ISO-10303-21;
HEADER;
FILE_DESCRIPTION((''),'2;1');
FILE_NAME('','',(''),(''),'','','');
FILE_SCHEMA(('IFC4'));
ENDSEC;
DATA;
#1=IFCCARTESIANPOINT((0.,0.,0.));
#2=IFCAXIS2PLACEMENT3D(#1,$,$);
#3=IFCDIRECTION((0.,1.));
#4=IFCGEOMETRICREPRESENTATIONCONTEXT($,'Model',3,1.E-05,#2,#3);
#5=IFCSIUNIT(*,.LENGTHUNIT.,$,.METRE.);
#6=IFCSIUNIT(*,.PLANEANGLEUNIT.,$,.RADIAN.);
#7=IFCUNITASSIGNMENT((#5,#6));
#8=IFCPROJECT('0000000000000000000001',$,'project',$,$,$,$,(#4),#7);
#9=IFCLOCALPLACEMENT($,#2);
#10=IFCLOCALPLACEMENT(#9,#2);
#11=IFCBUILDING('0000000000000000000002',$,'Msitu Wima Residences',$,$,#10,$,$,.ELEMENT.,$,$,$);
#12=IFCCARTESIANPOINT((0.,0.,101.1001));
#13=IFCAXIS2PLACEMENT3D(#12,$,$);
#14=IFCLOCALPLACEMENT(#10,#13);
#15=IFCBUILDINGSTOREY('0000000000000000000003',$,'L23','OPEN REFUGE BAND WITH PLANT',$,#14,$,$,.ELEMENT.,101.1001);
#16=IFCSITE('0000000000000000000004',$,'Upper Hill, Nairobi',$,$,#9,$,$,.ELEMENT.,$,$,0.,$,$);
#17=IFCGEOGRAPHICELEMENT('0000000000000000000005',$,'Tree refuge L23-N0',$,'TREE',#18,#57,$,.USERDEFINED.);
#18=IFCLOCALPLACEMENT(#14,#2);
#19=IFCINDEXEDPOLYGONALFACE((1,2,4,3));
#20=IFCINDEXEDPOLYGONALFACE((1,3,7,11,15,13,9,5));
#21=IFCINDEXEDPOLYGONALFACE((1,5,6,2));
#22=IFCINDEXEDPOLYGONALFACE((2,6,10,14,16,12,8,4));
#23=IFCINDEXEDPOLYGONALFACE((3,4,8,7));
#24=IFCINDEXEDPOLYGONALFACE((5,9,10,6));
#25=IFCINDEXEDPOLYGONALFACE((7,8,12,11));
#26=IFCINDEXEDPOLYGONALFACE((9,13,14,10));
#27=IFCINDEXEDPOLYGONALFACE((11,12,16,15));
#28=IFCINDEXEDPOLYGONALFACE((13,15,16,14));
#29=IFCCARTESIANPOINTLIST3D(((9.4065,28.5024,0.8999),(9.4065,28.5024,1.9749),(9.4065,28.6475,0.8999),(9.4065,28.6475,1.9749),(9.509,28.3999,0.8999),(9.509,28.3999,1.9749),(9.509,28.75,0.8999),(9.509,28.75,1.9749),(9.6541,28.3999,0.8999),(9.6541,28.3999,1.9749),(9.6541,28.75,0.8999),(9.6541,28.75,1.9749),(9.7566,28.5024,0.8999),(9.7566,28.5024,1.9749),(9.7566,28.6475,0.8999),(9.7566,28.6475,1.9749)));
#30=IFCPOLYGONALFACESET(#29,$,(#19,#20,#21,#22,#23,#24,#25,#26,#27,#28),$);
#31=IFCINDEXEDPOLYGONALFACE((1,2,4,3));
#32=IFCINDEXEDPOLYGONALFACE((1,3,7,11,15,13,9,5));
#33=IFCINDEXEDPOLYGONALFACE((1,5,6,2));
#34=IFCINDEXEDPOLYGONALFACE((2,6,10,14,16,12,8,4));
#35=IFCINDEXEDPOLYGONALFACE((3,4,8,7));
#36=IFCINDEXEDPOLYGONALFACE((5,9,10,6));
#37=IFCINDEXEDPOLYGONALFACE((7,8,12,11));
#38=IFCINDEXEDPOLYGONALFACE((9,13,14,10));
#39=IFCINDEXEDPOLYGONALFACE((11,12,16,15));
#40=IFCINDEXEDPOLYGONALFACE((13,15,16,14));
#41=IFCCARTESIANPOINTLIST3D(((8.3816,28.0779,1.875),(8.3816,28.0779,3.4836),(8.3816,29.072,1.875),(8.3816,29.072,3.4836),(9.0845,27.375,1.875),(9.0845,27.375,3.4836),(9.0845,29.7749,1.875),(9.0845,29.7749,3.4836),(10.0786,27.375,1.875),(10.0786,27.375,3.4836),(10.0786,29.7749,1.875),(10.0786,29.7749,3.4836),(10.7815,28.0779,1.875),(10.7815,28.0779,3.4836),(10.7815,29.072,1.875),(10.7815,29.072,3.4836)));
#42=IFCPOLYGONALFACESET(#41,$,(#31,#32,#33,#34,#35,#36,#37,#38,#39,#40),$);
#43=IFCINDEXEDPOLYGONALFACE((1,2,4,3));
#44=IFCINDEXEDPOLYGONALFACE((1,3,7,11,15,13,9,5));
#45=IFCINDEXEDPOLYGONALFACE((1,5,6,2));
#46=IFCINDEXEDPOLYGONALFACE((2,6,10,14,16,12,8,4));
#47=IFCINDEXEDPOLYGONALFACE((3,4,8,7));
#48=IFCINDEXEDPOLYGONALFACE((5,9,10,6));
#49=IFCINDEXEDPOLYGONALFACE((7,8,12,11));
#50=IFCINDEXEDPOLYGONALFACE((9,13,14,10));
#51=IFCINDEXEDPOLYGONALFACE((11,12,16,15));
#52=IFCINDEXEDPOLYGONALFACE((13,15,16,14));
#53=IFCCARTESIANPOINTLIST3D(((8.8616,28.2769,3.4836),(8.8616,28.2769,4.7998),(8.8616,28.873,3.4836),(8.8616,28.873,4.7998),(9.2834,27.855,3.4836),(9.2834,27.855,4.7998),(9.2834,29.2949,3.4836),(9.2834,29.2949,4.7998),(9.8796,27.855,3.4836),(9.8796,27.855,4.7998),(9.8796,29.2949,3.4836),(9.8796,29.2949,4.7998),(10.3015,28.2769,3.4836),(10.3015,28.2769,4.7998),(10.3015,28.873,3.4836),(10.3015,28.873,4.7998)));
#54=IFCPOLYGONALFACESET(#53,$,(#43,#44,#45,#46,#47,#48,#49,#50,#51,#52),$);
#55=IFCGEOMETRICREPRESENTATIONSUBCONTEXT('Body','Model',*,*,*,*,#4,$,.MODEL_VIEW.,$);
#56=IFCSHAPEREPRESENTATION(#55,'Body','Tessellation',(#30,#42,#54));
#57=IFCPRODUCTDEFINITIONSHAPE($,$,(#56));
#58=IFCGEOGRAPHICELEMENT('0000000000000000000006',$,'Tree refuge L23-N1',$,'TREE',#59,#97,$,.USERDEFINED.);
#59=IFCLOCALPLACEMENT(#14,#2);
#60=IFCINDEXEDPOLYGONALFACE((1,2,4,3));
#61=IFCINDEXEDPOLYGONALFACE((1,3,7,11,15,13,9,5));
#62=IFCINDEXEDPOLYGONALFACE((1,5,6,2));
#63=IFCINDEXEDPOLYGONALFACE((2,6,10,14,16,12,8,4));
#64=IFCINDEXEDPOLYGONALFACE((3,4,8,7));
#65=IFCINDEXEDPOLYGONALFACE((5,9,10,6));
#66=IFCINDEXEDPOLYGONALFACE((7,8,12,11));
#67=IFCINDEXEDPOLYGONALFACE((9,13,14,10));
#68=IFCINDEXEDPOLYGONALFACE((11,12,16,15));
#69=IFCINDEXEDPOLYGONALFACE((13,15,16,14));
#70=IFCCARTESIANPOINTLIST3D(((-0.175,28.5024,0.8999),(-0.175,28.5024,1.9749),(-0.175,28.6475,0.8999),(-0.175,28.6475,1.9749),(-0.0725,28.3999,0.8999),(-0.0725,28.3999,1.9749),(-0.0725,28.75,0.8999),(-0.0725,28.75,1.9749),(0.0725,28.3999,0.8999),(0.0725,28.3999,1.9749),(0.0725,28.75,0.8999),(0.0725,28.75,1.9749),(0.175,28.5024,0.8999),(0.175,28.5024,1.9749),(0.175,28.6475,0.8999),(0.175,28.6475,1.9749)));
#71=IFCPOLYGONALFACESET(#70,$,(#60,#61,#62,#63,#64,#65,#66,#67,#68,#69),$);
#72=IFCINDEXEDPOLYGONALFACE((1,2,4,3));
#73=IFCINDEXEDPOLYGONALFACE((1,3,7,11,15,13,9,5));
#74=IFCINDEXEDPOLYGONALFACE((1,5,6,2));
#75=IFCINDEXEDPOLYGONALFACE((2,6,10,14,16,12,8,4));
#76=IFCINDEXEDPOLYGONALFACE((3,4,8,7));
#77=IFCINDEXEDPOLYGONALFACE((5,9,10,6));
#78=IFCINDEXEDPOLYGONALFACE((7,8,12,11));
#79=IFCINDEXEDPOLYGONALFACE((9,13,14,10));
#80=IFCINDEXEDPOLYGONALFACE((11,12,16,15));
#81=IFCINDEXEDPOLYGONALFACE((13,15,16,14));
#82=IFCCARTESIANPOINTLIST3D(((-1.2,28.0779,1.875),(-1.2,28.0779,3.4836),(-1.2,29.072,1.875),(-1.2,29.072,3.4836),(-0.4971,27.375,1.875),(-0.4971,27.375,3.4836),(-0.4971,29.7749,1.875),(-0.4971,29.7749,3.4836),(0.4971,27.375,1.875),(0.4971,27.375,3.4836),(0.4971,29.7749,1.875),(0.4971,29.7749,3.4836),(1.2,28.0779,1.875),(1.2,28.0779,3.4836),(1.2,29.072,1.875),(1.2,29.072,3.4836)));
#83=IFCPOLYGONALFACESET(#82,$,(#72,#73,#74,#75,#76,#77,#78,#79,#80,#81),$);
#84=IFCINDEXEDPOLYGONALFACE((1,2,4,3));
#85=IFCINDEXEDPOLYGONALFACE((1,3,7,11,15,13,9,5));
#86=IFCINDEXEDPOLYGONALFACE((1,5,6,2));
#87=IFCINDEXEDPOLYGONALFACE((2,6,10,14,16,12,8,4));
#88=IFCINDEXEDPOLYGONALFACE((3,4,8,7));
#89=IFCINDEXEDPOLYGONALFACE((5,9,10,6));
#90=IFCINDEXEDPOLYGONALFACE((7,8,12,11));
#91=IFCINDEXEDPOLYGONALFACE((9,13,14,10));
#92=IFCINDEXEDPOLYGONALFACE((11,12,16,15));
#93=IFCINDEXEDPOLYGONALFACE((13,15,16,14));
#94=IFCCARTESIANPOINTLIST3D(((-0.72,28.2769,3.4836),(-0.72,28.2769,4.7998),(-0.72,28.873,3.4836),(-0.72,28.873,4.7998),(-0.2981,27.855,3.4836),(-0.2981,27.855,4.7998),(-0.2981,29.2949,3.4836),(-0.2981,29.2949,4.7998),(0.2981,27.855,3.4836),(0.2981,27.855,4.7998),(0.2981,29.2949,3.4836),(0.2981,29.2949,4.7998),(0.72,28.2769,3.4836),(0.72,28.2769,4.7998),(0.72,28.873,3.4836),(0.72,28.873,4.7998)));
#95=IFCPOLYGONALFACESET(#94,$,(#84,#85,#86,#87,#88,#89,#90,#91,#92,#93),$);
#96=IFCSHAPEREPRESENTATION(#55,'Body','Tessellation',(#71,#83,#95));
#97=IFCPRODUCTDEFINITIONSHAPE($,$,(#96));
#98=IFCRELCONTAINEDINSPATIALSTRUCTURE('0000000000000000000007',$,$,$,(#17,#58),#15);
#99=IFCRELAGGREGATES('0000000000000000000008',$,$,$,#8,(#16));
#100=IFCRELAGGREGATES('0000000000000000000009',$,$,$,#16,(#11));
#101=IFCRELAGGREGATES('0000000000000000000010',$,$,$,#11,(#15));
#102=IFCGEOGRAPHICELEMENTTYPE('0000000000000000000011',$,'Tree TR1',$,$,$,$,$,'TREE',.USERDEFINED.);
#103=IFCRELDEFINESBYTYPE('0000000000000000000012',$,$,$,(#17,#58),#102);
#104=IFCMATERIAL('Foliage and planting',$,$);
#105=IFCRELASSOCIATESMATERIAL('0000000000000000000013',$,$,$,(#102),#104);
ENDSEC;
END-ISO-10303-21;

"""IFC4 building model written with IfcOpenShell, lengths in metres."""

from ifc_helpers import new_model, si_unit, direction, frame, origin, place, context, subcontext, project, spatial, polyline, outline, extrude, material, type_object, element, save


model = new_model("IFC4")

# Units and contexts
model_context = context("Model", 3, precision=1e-05, world=origin(), true_north=direction((0.0, 1.0)))
body_context = subcontext(model_context, "Body", "Model", "MODEL_VIEW")
ifc_project = project(units=[si_unit("LENGTHUNIT", "METRE"), si_unit("PLANEANGLEUNIT", "RADIAN")], contexts=[model_context])

# Site, building, storey
site_placement = place(None, origin())
site = spatial("IfcSite", under=ifc_project, at=site_placement, Name="Upper Hill, Nairobi", CompositionType="ELEMENT", RefElevation=0.0)
building_placement = place(site_placement, origin())
building = spatial("IfcBuilding", under=site, at=building_placement, Name="Msitu Wima Residences", CompositionType="ELEMENT")
storey_placement = place(building_placement, frame((0.0, 0.0, 101.1001)))
storey = spatial("IfcBuildingStorey", under=building, at=storey_placement, Name="L23", Description="OPEN REFUGE BAND WITH PLANT", CompositionType="ELEMENT", Elevation=101.1001)

# Geographic elements
ifc_material_1 = material(Name="Foliage and planting")
geographic_element_type = type_object("IfcGeographicElementType", Name="Tree TR1", ElementType="TREE", PredefinedType="USERDEFINED", material=ifc_material_1)
for number, where, z_axis, x_axis, name in (
    (1, (9.5815, 28.575, 0.8999), (0.0, 0.0, 1.0), (1.0, 0.0, 0.0), "Tree refuge L23-N0"),
    (2, (0.0, 28.575, 0.8999), (0.0, 0.0, 1.0), (1.0, 0.0, 0.0), "Tree refuge L23-N1"),
):
    element("IfcGeographicElement", number, at=place(storey_placement, frame(where, z_axis=z_axis, x_axis=x_axis)), inside=storey, type_object=geographic_element_type, Name=name, ObjectType="TREE", PredefinedType="USERDEFINED", context=body_context, shape_type="SweptSolid", body=[
        extrude(outline(polyline([(0.175, 0.0725), (0.0725, 0.175), (-0.0725, 0.175), (-0.175, 0.0725), (-0.175, -0.0725), (-0.0725, -0.175), (0.0725, -0.175), (0.175, -0.0725), (0.175, 0.0725)])), origin(), (0.0, 0.0, 1.0), 1.075),
        extrude(outline(polyline([(1.2, 0.4971), (0.4971, 1.2), (-0.4971, 1.2), (-1.2, 0.4971), (-1.2, -0.4971), (-0.4971, -1.2), (0.4971, -1.2), (1.2, -0.4971), (1.2, 0.4971)])), frame((0.0, 0.0, 0.9751)), (0.0, 0.0, 1.0), 1.6086),
        extrude(outline(polyline([(0.72, 0.2981), (0.2981, 0.72), (-0.2981, 0.72), (-0.72, 0.2981), (-0.72, -0.2981), (-0.2981, -0.72), (0.2981, -0.72), (0.72, -0.2981), (0.72, 0.2981)])), frame((0.0, 0.0, 2.5837)), (0.0, 0.0, 1.0), 1.3162),
    ])

save(model, "model.ifc")
